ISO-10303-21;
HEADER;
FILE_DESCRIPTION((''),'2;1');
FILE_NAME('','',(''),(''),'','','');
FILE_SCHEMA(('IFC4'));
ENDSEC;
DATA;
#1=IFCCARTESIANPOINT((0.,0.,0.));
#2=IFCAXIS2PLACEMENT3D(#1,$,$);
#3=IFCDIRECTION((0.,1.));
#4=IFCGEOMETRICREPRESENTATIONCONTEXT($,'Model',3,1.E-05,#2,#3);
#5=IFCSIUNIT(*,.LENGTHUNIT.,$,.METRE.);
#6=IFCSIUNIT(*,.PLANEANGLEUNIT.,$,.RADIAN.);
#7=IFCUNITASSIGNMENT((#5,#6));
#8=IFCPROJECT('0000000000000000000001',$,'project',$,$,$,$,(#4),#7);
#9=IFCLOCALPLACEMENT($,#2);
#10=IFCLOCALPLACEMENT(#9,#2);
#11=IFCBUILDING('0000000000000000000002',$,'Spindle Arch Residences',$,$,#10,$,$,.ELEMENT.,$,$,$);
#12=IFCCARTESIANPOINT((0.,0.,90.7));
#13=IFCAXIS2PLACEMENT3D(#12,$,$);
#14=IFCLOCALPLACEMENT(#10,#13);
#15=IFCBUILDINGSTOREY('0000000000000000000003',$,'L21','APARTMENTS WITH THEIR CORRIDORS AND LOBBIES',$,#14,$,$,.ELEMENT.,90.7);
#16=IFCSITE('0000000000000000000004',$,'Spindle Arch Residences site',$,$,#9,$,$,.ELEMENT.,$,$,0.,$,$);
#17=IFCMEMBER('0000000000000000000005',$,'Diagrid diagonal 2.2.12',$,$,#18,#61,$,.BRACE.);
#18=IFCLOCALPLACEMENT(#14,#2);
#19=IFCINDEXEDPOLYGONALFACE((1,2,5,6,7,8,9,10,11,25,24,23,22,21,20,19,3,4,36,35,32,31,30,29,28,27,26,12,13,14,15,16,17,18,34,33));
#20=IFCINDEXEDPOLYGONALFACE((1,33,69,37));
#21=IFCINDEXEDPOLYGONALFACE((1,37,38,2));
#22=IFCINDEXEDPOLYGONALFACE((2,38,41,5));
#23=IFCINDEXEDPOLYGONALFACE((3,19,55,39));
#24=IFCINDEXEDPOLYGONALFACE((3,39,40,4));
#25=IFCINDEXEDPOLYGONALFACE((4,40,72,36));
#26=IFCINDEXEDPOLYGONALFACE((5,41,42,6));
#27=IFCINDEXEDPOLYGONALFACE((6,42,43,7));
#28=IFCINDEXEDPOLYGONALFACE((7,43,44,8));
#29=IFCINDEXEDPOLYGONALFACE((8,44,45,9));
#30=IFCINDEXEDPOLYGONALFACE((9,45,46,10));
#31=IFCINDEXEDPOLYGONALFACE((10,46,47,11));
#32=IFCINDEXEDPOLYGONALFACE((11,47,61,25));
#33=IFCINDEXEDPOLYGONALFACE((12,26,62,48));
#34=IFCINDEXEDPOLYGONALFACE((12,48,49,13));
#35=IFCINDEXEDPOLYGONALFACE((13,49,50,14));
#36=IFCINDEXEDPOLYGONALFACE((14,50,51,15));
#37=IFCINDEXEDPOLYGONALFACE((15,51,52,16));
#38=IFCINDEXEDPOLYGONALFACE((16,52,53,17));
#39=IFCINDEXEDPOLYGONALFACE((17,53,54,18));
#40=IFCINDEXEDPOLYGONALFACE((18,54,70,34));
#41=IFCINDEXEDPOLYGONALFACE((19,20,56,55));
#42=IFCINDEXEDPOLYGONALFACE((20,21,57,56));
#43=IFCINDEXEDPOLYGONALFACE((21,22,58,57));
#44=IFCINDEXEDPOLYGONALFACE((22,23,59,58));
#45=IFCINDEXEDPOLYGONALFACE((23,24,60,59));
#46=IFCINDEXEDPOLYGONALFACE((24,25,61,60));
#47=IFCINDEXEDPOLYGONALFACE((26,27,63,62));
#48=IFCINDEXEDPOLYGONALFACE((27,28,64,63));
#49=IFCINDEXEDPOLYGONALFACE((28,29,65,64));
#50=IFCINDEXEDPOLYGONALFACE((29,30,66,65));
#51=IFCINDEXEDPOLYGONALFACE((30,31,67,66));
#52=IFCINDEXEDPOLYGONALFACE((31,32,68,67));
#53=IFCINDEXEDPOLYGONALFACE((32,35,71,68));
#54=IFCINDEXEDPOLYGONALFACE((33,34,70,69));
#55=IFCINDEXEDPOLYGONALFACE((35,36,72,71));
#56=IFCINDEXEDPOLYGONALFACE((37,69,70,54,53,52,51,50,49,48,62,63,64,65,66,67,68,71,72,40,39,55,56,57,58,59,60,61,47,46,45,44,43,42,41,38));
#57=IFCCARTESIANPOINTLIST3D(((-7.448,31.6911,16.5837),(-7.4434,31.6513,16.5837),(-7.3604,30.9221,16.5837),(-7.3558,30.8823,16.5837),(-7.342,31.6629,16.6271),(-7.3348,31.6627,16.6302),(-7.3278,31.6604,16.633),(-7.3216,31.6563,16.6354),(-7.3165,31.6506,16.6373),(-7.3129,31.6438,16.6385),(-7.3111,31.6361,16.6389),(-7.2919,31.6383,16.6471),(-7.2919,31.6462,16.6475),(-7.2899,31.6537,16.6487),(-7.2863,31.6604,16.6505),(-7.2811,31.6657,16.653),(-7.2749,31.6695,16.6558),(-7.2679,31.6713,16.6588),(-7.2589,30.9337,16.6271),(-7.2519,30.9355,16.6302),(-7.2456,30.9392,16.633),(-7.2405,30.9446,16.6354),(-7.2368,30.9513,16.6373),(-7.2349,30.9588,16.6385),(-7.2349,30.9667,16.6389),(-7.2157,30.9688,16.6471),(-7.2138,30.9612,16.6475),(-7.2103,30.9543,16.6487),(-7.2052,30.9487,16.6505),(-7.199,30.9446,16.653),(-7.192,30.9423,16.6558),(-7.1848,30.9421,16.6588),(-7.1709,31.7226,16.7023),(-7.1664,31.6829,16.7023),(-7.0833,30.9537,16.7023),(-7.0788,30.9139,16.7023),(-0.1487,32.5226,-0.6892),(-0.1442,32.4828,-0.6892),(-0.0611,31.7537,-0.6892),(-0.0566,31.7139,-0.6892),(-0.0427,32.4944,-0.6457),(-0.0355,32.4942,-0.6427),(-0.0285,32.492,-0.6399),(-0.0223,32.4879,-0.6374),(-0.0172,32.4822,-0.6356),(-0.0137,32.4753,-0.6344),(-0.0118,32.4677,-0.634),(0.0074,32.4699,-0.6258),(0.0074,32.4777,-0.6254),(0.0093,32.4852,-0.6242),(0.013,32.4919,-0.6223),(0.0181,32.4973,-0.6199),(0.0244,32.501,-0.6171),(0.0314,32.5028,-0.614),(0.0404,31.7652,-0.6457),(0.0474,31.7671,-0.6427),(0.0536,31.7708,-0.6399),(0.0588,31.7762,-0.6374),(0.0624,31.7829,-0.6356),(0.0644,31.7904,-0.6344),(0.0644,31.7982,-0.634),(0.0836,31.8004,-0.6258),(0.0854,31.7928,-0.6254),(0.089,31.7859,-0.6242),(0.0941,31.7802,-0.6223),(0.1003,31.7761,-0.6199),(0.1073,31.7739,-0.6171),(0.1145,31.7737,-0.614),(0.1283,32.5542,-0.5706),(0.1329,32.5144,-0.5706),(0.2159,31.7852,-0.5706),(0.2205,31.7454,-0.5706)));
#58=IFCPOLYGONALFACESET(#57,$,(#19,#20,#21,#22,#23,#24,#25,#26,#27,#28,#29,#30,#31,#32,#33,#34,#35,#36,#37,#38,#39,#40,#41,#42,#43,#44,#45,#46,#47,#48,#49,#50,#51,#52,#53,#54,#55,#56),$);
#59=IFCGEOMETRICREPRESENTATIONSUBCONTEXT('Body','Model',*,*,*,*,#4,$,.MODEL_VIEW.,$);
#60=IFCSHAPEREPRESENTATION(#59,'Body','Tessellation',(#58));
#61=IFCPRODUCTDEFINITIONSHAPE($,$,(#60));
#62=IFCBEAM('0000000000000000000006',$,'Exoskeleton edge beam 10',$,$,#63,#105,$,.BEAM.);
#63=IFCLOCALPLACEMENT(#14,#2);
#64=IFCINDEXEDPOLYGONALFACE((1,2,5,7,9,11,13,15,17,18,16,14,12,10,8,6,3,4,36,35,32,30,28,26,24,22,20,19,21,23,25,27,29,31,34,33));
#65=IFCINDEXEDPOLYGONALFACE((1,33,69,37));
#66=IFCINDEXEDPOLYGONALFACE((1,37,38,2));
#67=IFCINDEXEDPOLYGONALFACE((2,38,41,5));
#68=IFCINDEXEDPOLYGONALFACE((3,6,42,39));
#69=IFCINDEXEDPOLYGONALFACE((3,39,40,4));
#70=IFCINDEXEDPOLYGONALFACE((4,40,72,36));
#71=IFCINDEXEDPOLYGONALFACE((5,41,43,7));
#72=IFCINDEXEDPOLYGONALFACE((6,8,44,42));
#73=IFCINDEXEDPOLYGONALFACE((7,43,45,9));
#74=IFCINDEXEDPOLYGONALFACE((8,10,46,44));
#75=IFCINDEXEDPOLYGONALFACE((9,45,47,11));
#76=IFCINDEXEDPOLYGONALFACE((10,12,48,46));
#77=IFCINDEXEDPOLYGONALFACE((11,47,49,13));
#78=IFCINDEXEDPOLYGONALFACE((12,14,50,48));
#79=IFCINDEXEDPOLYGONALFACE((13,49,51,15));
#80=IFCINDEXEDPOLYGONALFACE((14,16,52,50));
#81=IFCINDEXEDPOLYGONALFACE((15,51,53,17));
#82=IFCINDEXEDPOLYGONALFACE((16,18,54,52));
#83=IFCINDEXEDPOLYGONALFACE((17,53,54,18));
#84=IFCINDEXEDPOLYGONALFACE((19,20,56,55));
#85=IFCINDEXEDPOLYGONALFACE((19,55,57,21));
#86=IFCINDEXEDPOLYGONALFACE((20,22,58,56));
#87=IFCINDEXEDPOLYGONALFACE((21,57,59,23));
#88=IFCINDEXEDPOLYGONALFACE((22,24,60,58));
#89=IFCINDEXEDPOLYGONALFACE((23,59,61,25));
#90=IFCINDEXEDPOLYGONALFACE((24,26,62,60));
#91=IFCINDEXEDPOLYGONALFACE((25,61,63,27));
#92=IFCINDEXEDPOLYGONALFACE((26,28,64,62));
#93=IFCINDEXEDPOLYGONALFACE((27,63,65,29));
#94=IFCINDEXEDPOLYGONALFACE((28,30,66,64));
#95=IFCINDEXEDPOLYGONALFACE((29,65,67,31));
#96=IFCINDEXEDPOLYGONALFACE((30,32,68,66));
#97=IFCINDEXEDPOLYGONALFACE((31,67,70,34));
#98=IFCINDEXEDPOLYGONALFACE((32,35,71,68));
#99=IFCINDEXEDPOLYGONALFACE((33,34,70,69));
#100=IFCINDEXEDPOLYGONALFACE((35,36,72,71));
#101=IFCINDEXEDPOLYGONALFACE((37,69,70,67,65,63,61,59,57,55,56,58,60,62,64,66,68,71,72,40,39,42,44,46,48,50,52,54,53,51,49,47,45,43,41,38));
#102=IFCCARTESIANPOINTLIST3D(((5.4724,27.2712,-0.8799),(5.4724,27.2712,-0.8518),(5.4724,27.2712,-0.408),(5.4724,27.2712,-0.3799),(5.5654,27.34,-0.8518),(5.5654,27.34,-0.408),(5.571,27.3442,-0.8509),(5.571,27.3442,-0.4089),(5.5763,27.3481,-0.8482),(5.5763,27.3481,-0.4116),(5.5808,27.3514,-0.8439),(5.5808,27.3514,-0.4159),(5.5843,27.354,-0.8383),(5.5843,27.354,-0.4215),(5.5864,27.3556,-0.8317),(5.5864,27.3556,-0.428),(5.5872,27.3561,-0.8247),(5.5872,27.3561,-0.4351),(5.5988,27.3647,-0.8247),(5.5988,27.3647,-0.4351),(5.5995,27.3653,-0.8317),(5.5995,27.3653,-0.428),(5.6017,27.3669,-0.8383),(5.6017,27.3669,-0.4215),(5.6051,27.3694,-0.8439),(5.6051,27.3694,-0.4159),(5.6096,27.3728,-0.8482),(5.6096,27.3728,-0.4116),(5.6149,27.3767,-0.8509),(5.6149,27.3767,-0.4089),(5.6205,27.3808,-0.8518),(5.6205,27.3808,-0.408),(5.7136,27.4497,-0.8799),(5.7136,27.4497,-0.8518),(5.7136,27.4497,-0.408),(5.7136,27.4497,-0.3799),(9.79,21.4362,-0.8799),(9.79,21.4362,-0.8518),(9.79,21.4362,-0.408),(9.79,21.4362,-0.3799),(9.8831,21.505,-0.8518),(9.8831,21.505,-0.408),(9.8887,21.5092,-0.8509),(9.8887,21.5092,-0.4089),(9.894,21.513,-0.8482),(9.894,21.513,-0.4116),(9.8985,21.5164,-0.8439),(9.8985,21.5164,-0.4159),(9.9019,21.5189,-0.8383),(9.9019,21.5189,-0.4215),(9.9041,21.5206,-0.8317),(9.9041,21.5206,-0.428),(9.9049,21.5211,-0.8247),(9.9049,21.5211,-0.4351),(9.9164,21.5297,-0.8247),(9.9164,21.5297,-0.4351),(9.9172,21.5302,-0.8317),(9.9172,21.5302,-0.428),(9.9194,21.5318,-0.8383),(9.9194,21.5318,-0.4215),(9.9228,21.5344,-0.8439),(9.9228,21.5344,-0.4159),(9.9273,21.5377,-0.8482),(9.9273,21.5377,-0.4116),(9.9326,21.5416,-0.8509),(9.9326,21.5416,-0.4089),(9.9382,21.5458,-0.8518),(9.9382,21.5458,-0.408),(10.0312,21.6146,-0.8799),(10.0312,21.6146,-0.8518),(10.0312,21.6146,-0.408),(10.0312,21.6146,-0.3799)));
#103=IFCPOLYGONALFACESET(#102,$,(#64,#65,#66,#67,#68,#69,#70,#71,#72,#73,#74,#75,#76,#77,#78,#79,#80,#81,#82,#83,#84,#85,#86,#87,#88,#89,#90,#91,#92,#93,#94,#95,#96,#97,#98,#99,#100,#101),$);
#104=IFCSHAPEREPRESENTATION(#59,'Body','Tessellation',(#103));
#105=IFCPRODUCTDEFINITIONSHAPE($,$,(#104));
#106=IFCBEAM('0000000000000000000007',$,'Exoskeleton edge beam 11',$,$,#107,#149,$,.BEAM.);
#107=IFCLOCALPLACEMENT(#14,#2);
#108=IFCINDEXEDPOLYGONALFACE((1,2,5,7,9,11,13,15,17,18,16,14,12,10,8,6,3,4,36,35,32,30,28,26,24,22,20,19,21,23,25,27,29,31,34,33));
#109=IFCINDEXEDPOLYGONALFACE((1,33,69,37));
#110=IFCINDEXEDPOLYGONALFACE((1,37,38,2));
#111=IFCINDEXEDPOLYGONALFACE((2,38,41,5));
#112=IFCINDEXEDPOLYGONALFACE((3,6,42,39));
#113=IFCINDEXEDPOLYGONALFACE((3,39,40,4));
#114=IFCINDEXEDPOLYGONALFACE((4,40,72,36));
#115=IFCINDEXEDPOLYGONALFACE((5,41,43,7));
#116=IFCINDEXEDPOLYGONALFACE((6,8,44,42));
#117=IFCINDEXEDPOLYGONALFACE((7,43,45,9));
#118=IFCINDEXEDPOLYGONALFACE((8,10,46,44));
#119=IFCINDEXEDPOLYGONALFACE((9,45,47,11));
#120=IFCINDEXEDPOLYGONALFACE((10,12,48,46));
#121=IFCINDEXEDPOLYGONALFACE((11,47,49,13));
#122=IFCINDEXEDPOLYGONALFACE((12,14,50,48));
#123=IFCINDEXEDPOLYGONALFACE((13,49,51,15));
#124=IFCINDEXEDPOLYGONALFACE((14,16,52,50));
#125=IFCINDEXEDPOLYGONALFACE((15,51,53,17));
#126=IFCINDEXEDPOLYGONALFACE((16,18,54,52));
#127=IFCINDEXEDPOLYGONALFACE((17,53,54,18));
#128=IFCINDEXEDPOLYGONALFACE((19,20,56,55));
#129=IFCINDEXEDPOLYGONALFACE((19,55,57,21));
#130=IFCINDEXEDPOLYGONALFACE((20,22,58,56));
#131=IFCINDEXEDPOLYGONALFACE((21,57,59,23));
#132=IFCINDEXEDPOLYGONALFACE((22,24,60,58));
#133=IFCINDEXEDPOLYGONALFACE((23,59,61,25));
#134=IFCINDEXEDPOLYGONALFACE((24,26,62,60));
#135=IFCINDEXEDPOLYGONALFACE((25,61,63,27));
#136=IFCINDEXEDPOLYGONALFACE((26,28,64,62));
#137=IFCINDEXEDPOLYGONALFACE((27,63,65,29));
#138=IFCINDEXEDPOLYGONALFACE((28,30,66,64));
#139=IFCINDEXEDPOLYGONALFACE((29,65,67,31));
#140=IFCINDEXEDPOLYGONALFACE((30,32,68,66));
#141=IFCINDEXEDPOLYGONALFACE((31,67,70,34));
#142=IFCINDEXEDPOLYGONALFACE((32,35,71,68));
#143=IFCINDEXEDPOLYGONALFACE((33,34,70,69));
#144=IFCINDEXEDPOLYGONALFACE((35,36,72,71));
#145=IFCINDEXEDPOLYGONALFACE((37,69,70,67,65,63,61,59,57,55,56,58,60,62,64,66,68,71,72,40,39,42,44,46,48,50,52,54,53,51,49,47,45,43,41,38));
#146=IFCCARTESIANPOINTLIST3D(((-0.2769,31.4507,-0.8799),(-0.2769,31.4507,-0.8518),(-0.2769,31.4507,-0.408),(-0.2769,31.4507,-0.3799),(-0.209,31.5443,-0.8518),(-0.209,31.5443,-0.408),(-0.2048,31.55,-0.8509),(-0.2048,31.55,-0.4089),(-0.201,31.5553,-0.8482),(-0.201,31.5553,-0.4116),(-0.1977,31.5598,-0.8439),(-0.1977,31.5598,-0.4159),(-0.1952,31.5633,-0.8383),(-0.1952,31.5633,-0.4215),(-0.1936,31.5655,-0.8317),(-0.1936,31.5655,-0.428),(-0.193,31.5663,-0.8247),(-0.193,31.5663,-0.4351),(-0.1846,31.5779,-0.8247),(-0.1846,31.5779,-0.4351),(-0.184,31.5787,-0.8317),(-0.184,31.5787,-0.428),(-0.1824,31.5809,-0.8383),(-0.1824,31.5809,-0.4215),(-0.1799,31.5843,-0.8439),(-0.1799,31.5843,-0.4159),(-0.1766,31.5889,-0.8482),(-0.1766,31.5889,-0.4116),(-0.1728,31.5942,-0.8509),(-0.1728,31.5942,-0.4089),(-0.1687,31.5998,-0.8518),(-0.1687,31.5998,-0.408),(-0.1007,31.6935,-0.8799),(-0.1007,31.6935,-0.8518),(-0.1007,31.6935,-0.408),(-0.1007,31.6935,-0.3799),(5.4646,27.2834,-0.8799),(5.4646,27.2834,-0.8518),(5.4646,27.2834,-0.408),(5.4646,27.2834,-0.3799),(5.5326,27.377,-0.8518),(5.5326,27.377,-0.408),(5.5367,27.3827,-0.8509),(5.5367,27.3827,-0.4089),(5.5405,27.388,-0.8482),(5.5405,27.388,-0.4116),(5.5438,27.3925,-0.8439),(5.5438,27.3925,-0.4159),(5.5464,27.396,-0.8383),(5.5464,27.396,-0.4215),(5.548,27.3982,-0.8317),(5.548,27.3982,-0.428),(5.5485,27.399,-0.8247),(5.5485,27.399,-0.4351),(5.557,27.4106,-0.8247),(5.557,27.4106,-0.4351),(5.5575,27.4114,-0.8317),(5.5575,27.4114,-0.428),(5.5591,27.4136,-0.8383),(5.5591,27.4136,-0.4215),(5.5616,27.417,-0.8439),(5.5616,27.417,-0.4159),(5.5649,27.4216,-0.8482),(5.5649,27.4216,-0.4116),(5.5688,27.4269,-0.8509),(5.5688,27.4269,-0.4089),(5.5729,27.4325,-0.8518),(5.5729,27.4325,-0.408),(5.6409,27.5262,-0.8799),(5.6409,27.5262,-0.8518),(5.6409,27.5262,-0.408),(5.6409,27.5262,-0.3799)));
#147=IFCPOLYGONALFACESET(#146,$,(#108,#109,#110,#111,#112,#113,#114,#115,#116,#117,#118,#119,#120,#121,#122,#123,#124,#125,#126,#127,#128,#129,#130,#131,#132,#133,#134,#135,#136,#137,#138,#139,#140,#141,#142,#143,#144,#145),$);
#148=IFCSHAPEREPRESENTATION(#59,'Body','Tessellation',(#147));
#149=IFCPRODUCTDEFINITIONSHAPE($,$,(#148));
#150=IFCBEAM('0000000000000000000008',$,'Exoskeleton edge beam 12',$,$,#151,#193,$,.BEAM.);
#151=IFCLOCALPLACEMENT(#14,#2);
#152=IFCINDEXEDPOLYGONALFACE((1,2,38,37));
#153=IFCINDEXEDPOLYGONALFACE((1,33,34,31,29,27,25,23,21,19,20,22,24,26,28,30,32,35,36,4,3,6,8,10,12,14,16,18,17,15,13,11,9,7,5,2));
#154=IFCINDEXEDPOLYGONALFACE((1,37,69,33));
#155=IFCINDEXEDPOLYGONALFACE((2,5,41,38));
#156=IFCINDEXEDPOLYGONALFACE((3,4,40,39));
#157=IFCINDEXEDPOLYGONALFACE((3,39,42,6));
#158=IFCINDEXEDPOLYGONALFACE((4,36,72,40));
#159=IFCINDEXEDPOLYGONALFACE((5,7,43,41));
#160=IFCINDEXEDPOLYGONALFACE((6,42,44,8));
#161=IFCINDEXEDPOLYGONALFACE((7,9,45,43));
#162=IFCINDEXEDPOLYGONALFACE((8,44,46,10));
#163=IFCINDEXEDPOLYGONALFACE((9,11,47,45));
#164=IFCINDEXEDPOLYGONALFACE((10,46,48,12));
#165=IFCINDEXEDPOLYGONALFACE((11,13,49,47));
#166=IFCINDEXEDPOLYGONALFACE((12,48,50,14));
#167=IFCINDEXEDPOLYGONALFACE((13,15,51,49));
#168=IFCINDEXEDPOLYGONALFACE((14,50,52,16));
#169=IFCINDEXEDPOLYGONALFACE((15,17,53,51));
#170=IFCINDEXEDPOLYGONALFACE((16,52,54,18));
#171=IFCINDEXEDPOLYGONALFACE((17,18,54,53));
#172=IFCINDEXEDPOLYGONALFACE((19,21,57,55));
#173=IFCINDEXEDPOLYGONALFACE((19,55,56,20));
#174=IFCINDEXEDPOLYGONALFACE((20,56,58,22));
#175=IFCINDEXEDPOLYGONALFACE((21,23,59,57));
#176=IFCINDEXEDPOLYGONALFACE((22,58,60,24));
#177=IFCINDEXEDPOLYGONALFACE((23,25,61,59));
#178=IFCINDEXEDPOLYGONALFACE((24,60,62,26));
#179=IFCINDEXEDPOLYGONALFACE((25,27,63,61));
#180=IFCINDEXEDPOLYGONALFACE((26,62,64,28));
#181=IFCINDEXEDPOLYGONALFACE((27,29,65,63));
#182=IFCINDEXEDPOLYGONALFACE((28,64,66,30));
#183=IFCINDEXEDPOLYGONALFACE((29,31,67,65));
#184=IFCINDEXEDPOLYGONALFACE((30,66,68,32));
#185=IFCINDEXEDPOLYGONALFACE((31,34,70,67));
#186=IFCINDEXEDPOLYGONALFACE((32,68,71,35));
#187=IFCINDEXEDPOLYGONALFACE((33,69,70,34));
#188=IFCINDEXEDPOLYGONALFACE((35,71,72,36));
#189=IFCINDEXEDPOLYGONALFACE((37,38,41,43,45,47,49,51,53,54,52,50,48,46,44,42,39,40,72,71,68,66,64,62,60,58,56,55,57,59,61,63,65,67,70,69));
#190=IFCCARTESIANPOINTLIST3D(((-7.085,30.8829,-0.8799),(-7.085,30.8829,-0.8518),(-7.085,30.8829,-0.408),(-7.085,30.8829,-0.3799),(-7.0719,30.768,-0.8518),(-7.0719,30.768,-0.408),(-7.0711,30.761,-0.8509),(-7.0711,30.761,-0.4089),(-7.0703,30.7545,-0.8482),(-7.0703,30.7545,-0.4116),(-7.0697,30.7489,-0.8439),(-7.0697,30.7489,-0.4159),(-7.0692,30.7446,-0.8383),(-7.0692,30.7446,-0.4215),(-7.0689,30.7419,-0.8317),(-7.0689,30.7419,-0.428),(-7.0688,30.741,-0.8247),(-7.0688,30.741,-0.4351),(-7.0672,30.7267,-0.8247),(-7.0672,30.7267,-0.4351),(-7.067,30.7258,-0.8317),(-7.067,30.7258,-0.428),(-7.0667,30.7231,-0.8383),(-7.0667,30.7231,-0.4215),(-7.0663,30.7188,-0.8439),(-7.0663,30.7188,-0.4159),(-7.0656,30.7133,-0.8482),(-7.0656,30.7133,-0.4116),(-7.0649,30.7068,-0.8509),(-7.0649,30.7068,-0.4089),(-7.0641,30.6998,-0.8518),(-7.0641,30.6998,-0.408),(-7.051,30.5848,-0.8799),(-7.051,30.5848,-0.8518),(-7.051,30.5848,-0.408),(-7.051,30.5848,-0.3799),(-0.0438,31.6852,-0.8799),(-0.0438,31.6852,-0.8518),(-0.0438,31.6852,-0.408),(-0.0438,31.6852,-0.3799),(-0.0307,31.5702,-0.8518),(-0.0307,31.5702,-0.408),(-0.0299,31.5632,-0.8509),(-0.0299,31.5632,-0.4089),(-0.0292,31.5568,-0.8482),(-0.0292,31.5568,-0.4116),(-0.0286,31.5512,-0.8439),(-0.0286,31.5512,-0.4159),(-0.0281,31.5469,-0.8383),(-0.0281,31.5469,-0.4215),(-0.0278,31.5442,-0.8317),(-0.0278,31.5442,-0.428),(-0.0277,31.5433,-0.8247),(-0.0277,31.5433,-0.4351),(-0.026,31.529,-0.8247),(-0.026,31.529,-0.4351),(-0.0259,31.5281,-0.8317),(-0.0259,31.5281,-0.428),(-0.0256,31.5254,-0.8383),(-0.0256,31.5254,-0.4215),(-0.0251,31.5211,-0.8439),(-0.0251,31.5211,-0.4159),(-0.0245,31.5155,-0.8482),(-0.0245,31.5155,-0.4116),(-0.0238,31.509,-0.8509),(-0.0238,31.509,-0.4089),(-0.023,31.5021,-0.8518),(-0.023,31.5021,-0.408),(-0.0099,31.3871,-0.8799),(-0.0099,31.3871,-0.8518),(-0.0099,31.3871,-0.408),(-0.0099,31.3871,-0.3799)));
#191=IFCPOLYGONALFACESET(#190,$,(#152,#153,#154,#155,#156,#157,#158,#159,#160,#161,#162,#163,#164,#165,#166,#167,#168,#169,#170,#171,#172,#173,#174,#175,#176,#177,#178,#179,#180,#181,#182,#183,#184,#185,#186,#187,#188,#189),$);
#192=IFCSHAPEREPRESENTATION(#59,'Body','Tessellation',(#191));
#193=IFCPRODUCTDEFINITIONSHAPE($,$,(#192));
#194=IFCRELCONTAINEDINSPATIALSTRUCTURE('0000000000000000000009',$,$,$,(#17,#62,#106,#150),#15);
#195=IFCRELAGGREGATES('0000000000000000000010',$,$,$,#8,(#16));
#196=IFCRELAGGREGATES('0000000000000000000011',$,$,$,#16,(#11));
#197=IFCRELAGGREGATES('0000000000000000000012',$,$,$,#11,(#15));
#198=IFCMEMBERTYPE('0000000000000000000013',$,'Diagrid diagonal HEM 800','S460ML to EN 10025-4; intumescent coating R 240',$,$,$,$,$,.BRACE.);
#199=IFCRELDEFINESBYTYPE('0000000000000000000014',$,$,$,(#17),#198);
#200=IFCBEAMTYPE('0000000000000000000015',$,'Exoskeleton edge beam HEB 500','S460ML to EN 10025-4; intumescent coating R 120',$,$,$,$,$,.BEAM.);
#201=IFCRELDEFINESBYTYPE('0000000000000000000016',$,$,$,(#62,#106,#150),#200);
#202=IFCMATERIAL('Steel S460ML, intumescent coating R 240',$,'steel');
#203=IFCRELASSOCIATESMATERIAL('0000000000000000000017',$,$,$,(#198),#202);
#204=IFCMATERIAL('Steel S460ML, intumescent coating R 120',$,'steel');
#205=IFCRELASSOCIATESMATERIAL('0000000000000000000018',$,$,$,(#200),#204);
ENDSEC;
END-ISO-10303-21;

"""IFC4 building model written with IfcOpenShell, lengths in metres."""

from ifc_helpers import new_model, si_unit, direction, frame, origin, origin_2d, place, context, subcontext, project, spatial, i_section, extrude, material, material_profile, profile_set, type_object, element, save


model = new_model("IFC4")

# Units and contexts
model_context = context("Model", 3, precision=1e-05, world=origin(), true_north=direction((0.0, 1.0)))
body_context = subcontext(model_context, "Body", "Model", "MODEL_VIEW")
ifc_project = project(units=[si_unit("LENGTHUNIT", "METRE"), si_unit("PLANEANGLEUNIT", "RADIAN")], contexts=[model_context])

# Site, building, storey
site_placement = place(None, origin())
site = spatial("IfcSite", under=ifc_project, at=site_placement, Name="Spindle Arch Residences site", CompositionType="ELEMENT", RefElevation=0.0)
building_placement = place(site_placement, origin())
building = spatial("IfcBuilding", under=site, at=building_placement, Name="Spindle Arch Residences", CompositionType="ELEMENT")
storey_placement = place(building_placement, frame((0.0, 0.0, 90.7)))
storey = spatial("IfcBuildingStorey", under=building, at=storey_placement, Name="L21", Description="APARTMENTS WITH THEIR CORRIDORS AND LOBBIES", CompositionType="ELEMENT", Elevation=90.7)

# Member
ifc_material_1 = material(Name="Steel S460ML, intumescent coating R 240", Category="steel")
ifc_material_profile_1 = material_profile(ifc_material_1, i_section(OverallWidth=0.303, OverallDepth=0.814, WebThickness=0.021, FlangeThickness=0.04, FilletRadius=0.03, at=origin_2d()), Name="HEM 800")
ifc_profile_set_1 = profile_set([ifc_material_profile_1], Name="Steel S460ML, intumescent coating R 240")
member_type_1 = type_object("IfcMemberType", Name="Diagrid diagonal HEM 800", Description="S460ML to EN 10025-4; intumescent coating R 240", PredefinedType="BRACE", material=ifc_profile_set_1)
member_1_placement = place(storey_placement, frame((0.0359, 32.134, -0.6299), z_axis=(-0.388875, -0.044301, 0.920225), x_axis=(0.914311, 0.104159, 0.39139)))
element("IfcMember", 1, at=member_1_placement, inside=storey, type_object=member_type_1, Name="Diagrid diagonal 2.2.12", PredefinedType="BRACE", context=body_context, shape_type="SweptSolid", body=[
    extrude(i_section(OverallWidth=0.303, OverallDepth=0.814, WebThickness=0.021, FlangeThickness=0.04, FilletRadius=0.03, at=origin_2d()), origin(), (0.0, 0.0, 1.0), 18.7703),
])

# Beams
ifc_material_2 = material(Name="Steel S460ML, intumescent coating R 120", Category="steel")
ifc_material_profile_2 = material_profile(ifc_material_2, i_section(OverallWidth=0.3, OverallDepth=0.5, WebThickness=0.0144, FlangeThickness=0.0281, FilletRadius=0.0271, at=origin_2d()), Name="HEB 500")
ifc_profile_set_2 = profile_set([ifc_material_profile_2], Name="Steel S460ML, intumescent coating R 120")
beam_type_1 = type_object("IfcBeamType", Name="Exoskeleton edge beam HEB 500", Description="S460ML to EN 10025-4; intumescent coating R 120", PredefinedType="BEAM", material=ifc_profile_set_2)
beam_1_placement = place(storey_placement, frame((9.9106, 21.5254, -0.6299), z_axis=(-0.594821, 0.803858, 0.0), x_axis=(-0.803858, -0.594821, 0.0)))
element("IfcBeam", 2, at=beam_1_placement, inside=storey, type_object=beam_type_1, Name="Exoskeleton edge beam 10", PredefinedType="BEAM", context=body_context, shape_type="SweptSolid", body=[
    extrude(i_section(OverallWidth=0.3, OverallDepth=0.5, WebThickness=0.0144, FlangeThickness=0.0281, FilletRadius=0.0271, at=origin_2d()), origin(), (0.0, 0.0, 1.0), 7.2588),
])
beam_2_placement = place(storey_placement, frame((5.5527, 27.4048, -0.6299), z_axis=(-0.809297, 0.5874, 0.0), x_axis=(-0.5874, -0.809297, 0.0)))
element("IfcBeam", 3, at=beam_2_placement, inside=storey, type_object=beam_type_1, Name="Exoskeleton edge beam 11", PredefinedType="BEAM", context=body_context, shape_type="SweptSolid", body=[
    extrude(i_section(OverallWidth=0.3, OverallDepth=0.5, WebThickness=0.0144, FlangeThickness=0.0281, FilletRadius=0.0271, at=origin_2d()), origin(), (0.0, 0.0, 1.0), 7.0945),
])
beam_3_placement = place(storey_placement, frame((-0.0269, 31.5361, -0.6299), z_axis=(-0.993571, -0.113207, 0.0), x_axis=(0.113207, -0.993571, 0.0)))
element("IfcBeam", 4, at=beam_3_placement, inside=storey, type_object=beam_type_1, Name="Exoskeleton edge beam 12", PredefinedType="BEAM", context=body_context, shape_type="SweptSolid", body=[
    extrude(i_section(OverallWidth=0.3, OverallDepth=0.5, WebThickness=0.0144, FlangeThickness=0.0281, FilletRadius=0.0271, at=origin_2d()), origin(), (0.0, 0.0, 1.0), 7.0867),
])

save(model, "model.ifc")
